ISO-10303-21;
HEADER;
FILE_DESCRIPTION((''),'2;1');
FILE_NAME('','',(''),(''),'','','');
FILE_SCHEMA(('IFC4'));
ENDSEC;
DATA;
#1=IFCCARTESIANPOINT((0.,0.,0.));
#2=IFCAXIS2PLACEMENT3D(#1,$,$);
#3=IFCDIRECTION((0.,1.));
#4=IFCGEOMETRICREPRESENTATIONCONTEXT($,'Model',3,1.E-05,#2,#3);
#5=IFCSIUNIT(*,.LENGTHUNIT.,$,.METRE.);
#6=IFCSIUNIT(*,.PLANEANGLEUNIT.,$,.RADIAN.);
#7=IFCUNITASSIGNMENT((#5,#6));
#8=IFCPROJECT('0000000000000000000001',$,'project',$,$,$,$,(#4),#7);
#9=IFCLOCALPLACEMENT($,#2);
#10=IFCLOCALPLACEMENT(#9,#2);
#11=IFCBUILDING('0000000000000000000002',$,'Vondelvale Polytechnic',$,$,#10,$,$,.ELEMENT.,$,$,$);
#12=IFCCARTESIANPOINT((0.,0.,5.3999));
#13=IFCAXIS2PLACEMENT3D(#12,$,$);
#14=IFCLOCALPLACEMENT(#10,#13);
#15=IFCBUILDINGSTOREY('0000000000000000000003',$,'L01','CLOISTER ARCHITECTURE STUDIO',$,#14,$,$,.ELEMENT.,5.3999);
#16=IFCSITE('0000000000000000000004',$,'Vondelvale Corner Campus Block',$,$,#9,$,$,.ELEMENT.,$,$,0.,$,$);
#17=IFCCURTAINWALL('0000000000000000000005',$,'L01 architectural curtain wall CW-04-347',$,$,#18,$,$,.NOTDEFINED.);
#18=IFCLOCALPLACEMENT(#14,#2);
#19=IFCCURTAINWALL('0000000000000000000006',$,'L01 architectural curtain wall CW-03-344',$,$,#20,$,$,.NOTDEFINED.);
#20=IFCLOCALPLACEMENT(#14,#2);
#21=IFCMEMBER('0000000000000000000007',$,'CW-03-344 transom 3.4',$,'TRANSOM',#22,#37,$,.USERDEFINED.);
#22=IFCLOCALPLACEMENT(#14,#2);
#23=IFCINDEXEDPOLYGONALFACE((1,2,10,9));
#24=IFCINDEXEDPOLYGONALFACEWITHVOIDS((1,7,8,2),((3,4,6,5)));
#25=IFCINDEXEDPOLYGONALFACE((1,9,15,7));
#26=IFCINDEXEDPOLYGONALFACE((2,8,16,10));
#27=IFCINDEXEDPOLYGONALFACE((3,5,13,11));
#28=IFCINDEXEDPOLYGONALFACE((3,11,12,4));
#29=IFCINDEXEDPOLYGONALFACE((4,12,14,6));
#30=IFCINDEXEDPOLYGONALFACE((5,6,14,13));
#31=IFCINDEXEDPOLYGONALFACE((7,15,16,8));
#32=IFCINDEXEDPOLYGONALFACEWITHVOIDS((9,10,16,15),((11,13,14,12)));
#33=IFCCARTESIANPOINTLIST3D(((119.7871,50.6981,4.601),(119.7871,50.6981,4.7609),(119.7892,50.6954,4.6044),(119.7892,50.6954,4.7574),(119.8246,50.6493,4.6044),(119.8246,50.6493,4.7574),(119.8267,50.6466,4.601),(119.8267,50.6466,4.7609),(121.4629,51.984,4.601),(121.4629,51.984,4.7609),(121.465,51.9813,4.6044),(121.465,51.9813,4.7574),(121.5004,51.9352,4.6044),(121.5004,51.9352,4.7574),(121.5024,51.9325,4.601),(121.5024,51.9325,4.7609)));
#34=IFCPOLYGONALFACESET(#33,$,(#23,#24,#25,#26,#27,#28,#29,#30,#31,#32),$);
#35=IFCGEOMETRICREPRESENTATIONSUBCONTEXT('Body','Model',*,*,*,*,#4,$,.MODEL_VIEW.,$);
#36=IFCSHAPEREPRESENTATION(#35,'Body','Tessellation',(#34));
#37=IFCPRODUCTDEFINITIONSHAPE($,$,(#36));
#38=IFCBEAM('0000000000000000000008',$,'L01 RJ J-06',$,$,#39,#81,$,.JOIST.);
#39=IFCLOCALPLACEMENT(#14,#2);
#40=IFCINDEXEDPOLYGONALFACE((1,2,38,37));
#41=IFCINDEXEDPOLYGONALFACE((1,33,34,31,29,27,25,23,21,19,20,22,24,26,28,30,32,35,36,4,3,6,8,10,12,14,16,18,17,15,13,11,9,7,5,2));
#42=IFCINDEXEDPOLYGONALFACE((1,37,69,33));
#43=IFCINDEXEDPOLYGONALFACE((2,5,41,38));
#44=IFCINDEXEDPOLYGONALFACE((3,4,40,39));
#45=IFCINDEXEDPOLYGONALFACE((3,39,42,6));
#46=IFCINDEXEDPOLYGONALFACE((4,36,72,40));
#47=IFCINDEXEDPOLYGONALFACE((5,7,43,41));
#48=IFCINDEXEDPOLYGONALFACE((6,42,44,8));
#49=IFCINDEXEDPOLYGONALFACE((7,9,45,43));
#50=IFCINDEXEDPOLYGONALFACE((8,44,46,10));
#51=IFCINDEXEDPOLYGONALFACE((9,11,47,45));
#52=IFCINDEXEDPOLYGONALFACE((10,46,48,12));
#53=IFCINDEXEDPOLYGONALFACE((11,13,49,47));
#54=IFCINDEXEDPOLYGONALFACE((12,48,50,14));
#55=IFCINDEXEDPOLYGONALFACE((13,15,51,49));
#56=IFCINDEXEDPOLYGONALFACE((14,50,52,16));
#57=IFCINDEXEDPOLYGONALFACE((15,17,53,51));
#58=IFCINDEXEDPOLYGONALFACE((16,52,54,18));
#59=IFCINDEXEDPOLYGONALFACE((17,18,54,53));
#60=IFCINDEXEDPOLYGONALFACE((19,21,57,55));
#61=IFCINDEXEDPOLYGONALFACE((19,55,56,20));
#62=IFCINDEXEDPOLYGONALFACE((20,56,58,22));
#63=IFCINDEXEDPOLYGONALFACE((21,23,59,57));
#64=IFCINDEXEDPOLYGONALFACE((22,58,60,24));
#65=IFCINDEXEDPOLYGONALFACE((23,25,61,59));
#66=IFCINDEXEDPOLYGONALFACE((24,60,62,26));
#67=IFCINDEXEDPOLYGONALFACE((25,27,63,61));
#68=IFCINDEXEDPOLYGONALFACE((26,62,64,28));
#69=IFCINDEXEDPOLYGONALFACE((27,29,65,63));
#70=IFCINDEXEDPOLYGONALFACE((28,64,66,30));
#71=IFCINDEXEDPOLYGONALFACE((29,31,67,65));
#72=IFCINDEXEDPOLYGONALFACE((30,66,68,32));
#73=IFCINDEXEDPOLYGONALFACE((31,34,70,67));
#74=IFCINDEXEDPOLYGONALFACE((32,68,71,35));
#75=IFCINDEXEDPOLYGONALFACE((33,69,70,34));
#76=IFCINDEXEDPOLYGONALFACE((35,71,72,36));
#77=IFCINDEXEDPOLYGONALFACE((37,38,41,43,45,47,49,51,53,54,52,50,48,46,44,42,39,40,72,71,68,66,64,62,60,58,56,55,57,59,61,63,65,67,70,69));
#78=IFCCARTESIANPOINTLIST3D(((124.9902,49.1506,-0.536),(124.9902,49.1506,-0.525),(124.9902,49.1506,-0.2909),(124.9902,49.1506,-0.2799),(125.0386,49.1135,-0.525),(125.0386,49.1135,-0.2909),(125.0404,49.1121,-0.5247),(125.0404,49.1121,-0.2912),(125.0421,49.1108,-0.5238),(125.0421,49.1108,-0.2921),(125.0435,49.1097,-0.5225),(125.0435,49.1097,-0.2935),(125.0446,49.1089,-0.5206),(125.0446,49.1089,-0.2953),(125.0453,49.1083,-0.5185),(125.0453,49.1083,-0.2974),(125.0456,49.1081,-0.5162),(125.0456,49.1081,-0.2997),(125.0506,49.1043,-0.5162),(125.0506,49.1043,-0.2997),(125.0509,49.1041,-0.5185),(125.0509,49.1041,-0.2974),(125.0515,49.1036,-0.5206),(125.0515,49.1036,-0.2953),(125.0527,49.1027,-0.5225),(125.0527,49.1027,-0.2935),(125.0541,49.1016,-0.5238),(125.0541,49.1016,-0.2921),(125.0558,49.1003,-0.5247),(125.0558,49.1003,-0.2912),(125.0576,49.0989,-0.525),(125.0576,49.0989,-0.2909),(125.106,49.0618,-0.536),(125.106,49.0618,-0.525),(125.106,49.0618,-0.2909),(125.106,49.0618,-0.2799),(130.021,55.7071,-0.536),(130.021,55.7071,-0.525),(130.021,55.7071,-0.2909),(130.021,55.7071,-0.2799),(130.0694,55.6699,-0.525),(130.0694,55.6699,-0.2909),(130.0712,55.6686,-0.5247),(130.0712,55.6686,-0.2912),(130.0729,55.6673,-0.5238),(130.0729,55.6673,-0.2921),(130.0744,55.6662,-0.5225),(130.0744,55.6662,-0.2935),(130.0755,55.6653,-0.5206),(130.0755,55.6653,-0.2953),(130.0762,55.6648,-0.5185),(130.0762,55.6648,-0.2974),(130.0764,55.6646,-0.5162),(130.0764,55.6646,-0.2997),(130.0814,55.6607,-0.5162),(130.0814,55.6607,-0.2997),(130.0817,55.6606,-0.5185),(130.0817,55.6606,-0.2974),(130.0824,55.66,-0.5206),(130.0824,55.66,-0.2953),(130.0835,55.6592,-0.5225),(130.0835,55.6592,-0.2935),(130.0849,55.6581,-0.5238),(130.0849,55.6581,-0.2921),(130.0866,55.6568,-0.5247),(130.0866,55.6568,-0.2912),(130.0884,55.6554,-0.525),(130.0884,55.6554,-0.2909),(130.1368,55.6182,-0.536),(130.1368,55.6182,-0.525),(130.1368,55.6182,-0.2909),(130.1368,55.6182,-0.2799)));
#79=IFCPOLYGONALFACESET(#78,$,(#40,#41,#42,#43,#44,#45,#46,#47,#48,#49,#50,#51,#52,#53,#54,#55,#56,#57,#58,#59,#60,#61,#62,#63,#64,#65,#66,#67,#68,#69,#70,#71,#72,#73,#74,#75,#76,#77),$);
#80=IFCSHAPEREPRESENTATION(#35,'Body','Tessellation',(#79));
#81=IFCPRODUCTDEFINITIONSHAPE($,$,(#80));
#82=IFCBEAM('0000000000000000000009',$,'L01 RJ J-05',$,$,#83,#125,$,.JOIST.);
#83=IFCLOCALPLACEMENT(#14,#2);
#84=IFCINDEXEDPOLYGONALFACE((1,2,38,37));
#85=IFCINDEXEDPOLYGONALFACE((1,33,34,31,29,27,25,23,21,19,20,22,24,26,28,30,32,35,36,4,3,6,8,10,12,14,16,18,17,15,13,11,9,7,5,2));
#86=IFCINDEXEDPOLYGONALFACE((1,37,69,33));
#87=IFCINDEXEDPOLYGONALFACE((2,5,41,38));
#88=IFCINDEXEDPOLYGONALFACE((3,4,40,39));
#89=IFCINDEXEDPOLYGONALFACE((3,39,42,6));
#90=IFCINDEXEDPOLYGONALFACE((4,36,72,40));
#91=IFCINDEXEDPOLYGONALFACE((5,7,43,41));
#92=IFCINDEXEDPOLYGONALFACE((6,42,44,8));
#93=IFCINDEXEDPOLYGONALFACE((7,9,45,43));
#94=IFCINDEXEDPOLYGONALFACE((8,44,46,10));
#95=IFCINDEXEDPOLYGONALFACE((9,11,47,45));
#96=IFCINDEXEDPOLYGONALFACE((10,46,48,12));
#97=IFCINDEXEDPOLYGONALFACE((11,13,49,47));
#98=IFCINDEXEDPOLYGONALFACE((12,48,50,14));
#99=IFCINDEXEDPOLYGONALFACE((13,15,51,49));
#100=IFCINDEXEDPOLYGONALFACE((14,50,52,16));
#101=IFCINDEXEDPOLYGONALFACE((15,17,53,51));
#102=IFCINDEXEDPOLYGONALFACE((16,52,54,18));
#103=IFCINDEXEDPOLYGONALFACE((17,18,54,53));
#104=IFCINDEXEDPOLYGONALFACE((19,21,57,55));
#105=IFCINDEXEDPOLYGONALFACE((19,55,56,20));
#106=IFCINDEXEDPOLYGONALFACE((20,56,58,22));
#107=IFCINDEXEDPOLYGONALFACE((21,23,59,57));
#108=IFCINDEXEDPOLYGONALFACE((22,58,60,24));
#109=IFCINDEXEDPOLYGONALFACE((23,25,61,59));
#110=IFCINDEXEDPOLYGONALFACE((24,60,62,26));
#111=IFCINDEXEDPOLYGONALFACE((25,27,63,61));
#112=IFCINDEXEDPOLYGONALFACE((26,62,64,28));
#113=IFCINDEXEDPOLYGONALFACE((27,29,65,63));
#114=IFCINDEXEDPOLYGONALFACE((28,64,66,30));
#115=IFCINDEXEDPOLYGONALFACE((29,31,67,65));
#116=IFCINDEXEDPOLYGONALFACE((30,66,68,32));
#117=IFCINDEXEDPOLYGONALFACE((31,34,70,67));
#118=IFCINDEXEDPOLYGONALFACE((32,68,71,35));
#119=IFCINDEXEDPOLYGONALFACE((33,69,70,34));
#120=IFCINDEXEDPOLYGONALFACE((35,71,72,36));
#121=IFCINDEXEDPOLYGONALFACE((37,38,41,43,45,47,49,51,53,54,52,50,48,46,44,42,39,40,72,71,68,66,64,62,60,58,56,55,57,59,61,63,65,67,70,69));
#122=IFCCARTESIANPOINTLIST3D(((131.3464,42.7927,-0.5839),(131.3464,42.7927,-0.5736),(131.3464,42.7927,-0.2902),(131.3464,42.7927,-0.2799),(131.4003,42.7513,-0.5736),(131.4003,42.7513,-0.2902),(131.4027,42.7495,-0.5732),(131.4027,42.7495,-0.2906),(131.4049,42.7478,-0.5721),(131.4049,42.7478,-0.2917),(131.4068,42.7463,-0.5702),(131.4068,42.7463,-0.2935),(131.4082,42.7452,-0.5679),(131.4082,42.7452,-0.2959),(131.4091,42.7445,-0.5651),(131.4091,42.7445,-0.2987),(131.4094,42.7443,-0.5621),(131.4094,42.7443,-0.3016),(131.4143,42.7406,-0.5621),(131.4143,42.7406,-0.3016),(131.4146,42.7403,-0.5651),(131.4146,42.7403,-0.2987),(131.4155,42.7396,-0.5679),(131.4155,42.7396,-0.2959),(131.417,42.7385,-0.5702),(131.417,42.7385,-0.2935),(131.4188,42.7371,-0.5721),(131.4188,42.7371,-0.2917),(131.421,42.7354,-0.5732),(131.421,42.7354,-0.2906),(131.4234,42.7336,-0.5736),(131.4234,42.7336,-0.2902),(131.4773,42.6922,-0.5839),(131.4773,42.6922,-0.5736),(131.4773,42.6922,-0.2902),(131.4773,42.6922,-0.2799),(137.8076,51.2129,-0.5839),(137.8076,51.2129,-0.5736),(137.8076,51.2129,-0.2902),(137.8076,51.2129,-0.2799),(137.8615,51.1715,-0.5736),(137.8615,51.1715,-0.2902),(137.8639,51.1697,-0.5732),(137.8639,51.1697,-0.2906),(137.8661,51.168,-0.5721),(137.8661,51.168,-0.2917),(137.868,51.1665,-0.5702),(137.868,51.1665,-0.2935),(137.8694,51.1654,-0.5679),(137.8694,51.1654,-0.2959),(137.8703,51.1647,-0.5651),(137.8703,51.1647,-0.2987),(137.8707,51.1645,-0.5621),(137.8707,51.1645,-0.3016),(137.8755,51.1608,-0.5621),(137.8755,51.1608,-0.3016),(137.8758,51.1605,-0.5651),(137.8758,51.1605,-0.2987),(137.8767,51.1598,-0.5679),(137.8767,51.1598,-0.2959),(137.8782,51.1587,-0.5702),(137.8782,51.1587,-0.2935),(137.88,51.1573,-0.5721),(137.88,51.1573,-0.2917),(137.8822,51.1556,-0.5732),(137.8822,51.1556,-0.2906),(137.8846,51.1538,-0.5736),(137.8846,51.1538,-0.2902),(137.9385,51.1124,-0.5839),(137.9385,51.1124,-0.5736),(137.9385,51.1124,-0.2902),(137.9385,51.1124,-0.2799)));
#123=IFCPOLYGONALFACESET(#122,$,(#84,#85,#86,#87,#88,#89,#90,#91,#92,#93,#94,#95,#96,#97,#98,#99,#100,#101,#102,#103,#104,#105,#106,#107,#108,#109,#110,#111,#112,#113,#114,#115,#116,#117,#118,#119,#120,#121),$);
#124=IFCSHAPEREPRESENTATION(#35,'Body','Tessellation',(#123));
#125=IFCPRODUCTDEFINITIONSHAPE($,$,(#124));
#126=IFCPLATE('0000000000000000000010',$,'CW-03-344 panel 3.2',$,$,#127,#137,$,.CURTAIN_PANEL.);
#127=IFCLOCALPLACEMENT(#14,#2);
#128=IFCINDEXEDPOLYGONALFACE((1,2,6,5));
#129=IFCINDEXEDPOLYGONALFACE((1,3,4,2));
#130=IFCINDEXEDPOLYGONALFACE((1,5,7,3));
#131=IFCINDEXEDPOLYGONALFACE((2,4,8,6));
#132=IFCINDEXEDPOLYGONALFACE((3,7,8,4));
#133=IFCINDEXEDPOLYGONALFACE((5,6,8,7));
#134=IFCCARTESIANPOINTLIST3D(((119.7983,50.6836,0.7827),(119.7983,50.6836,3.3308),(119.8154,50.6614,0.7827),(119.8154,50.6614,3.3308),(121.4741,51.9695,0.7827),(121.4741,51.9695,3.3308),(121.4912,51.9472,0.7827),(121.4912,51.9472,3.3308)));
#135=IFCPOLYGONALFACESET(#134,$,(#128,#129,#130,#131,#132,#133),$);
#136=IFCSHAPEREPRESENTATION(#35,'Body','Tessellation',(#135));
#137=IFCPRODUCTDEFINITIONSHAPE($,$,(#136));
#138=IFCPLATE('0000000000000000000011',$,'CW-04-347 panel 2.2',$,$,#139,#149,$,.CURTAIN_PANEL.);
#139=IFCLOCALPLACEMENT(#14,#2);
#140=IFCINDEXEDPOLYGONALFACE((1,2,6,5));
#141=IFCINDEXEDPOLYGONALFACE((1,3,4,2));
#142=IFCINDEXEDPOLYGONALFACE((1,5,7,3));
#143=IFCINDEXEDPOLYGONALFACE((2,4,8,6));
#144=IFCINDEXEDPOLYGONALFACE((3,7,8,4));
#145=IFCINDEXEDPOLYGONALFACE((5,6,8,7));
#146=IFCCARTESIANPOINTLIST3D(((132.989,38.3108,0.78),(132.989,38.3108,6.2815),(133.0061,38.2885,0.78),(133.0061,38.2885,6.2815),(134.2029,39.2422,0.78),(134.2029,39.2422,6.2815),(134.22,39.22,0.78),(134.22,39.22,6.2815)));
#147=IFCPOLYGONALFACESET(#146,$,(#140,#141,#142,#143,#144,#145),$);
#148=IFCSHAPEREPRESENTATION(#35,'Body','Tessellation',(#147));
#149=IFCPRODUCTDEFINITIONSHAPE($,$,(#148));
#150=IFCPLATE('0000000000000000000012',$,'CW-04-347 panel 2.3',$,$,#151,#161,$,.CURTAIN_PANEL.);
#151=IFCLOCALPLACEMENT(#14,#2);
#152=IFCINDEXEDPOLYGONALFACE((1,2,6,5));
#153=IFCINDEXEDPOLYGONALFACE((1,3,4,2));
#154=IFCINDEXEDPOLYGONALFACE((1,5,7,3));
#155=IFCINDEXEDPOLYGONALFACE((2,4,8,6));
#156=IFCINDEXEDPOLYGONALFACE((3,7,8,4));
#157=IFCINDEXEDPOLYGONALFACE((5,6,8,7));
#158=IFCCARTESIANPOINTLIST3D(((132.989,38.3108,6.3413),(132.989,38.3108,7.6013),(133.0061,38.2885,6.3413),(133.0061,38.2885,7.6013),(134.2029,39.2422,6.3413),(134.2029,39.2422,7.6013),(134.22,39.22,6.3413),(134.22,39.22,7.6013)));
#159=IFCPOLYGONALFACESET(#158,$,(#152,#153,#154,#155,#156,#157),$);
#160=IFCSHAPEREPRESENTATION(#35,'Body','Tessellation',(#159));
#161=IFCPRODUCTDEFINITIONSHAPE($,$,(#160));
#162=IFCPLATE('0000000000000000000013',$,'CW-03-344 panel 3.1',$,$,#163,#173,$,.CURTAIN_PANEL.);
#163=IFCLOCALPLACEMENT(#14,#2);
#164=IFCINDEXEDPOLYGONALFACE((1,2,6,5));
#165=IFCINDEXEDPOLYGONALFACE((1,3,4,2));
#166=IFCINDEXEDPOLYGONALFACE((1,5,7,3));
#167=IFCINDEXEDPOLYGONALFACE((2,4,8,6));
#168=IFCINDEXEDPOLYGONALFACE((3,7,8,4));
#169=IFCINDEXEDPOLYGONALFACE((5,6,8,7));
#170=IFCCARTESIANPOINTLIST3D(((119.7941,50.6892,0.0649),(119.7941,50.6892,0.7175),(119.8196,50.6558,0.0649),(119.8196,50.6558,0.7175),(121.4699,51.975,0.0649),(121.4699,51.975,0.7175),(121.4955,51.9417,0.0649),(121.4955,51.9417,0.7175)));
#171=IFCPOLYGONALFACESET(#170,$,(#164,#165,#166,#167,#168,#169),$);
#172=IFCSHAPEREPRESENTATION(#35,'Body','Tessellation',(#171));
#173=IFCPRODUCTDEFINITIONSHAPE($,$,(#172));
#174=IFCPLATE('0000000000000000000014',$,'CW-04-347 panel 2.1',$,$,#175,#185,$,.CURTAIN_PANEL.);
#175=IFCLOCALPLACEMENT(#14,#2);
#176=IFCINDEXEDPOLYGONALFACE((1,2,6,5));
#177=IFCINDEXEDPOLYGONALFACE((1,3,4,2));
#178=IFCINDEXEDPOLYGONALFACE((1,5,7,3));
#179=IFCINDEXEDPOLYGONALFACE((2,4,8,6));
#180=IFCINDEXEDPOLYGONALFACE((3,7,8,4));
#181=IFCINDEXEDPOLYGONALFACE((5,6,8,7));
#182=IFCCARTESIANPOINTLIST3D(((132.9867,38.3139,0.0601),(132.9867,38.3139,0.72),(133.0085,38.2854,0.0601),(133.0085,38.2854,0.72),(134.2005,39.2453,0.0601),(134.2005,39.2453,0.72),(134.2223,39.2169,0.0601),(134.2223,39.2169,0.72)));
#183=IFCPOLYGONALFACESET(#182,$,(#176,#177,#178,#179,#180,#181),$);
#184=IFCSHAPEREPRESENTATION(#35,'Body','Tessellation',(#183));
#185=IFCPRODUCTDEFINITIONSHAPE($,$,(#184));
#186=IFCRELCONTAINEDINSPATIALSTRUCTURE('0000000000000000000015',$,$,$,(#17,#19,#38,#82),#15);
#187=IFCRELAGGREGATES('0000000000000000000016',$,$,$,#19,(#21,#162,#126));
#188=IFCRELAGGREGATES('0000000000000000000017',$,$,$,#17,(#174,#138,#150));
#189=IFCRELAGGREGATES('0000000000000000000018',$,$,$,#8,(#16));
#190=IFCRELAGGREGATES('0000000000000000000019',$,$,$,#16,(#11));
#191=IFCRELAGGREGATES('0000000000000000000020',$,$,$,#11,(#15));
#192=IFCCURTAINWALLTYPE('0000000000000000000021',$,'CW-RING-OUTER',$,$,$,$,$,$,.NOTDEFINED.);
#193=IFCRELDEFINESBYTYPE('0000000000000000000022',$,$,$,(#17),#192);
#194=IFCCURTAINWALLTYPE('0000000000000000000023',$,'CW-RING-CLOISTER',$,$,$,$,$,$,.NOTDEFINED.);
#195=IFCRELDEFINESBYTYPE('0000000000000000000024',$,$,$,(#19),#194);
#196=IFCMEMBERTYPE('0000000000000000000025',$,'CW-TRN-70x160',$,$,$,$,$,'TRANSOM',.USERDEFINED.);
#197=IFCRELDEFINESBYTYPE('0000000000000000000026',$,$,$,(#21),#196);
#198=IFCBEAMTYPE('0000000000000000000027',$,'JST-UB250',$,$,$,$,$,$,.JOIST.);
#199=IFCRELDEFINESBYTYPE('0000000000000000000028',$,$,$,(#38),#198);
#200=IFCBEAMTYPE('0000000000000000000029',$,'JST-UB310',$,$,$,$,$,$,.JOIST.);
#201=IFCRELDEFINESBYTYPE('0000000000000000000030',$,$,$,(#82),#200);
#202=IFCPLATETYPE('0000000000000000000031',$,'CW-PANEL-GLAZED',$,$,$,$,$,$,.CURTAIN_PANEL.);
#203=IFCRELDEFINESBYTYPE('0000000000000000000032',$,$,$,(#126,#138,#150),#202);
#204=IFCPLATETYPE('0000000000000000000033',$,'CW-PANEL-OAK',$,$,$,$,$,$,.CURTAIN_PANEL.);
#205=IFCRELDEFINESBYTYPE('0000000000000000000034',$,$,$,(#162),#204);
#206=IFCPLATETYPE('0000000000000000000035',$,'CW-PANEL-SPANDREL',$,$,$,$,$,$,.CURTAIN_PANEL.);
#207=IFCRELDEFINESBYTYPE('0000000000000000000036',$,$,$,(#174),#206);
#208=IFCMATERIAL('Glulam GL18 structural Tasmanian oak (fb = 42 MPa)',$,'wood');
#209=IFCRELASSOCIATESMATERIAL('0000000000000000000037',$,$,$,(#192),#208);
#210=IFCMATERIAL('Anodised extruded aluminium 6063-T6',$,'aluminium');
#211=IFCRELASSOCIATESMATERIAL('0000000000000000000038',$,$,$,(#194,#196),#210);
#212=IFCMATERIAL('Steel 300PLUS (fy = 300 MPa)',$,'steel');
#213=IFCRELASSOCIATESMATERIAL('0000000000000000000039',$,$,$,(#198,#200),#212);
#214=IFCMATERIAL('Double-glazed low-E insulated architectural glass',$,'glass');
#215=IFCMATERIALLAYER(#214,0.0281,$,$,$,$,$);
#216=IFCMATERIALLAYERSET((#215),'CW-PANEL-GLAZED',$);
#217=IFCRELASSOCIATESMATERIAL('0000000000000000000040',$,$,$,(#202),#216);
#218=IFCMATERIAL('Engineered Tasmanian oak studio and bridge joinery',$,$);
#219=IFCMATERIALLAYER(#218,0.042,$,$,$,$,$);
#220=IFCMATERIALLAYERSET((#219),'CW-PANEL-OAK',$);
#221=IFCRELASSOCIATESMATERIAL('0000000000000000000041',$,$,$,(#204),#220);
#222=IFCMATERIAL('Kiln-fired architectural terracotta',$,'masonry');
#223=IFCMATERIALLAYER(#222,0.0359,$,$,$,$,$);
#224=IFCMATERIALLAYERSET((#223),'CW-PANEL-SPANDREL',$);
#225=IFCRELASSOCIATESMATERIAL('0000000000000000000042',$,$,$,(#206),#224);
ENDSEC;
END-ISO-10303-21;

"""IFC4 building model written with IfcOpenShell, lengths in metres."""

from ifc_helpers import new_model, si_unit, direction, frame, origin, origin_2d, place, context, subcontext, project, spatial, rectangle, hollow_rectangle, i_section, extrude, material, layer, layer_set, material_profile, profile_set, type_object, element, aggregate, save


model = new_model("IFC4")

# Units and contexts
model_context = context("Model", 3, precision=1e-05, world=origin(), true_north=direction((0.0, 1.0)))
body_context = subcontext(model_context, "Body", "Model", "MODEL_VIEW")
ifc_project = project(units=[si_unit("LENGTHUNIT", "METRE"), si_unit("PLANEANGLEUNIT", "RADIAN")], contexts=[model_context])

# Site, building, storey
site_placement = place(None, origin())
site = spatial("IfcSite", under=ifc_project, at=site_placement, Name="Vondelvale Corner Campus Block", CompositionType="ELEMENT", RefElevation=0.0)
building_placement = place(site_placement, origin())
building = spatial("IfcBuilding", under=site, at=building_placement, Name="Vondelvale Polytechnic", CompositionType="ELEMENT")
storey_placement = place(building_placement, frame((0.0, 0.0, 5.3999)))
storey = spatial("IfcBuildingStorey", under=building, at=storey_placement, Name="L01", Description="CLOISTER ARCHITECTURE STUDIO", CompositionType="ELEMENT", Elevation=5.3999)

# Shared definitions
ifc_material_1 = material(Name="Steel 300PLUS (fy = 300 MPa)", Category="steel")

# Curtain wall
ifc_material_2 = material(Name="Glulam GL18 structural Tasmanian oak (fb = 42 MPa)", Category="wood")
curtain_wall_type_1 = type_object("IfcCurtainWallType", Name="CW-RING-OUTER", PredefinedType="NOTDEFINED", material=ifc_material_2)
curtain_wall_1_placement = place(storey_placement, origin())
curtain_wall_1 = element("IfcCurtainWall", 1, at=curtain_wall_1_placement, inside=storey, type_object=curtain_wall_type_1, Name="L01 architectural curtain wall CW-04-347", PredefinedType="NOTDEFINED")
ifc_material_3 = material(Name="Anodised extruded aluminium 6063-T6", Category="aluminium")

# Curtain wall, member
curtain_wall_type_2 = type_object("IfcCurtainWallType", Name="CW-RING-CLOISTER", PredefinedType="NOTDEFINED", material=ifc_material_3)
curtain_wall_2_placement = place(storey_placement, origin())
curtain_wall_2 = element("IfcCurtainWall", 2, at=curtain_wall_2_placement, inside=storey, type_object=curtain_wall_type_2, Name="L01 architectural curtain wall CW-03-344", PredefinedType="NOTDEFINED")
ifc_material_profile_1 = material_profile(ifc_material_3, hollow_rectangle(XDim=0.0649, YDim=0.1599, WallThickness=0.0034, at=origin_2d()), Name="CW-TRN-160x65")
ifc_profile_set_1 = profile_set([ifc_material_profile_1], Name="Anodised extruded aluminium 6063-T6")
member_type_1 = type_object("IfcMemberType", Name="CW-TRN-70x160", ElementType="TRANSOM", PredefinedType="USERDEFINED", material=ifc_profile_set_1)
member_1_placement = place(storey_placement, frame((119.8069, 50.6724, 4.6809), z_axis=(0.79335, 0.608766, 0.0), x_axis=(-0.608766, 0.79335, 0.0)))
member_1 = element("IfcMember", 3, at=member_1_placement, type_object=member_type_1, Name="CW-03-344 transom 3.4", ObjectType="TRANSOM", PredefinedType="USERDEFINED", context=body_context, shape_type="SweptSolid", body=[
    extrude(hollow_rectangle(XDim=0.0649, YDim=0.1599, WallThickness=0.0034, at=origin_2d()), origin(), (0.0, 0.0, 1.0), 2.1123),
])

# Beams
ifc_material_profile_2 = material_profile(ifc_material_1, i_section(OverallWidth=0.146, OverallDepth=0.2561, WebThickness=0.0063, FlangeThickness=0.011, FilletRadius=0.0088, at=origin_2d()), Name="250UB37.3")
ifc_profile_set_2 = profile_set([ifc_material_profile_2], Name="Steel 300PLUS (fy = 300 MPa)")
beam_type_1 = type_object("IfcBeamType", Name="JST-UB250", PredefinedType="JOIST", material=ifc_profile_set_2)
beam_1_placement = place(storey_placement, frame((125.0481, 49.1062, -0.408), z_axis=(0.608751, 0.793361, 0.0), x_axis=(-0.793361, 0.608751, 0.0)))
element("IfcBeam", 4, at=beam_1_placement, inside=storey, type_object=beam_type_1, Name="L01 RJ J-06", PredefinedType="JOIST", context=body_context, shape_type="SweptSolid", body=[
    extrude(i_section(OverallWidth=0.146, OverallDepth=0.2561, WebThickness=0.0063, FlangeThickness=0.011, FilletRadius=0.0088, at=origin_2d()), origin(), (0.0, 0.0, 1.0), 8.2642),
])
ifc_material_profile_3 = material_profile(ifc_material_1, i_section(OverallWidth=0.165, OverallDepth=0.304, WebThickness=0.0061, FlangeThickness=0.0103, FilletRadius=0.0115, at=origin_2d()), Name="310UB40.4")
ifc_profile_set_3 = profile_set([ifc_material_profile_3], Name="Steel 300PLUS (fy = 300 MPa)")
beam_type_2 = type_object("IfcBeamType", Name="JST-UB310", PredefinedType="JOIST", material=ifc_profile_set_3)
beam_2_placement = place(storey_placement, frame((131.4119, 42.7424, -0.4319), z_axis=(0.608771, 0.793346, 0.0), x_axis=(-0.793346, 0.608771, 0.0)))
element("IfcBeam", 5, at=beam_2_placement, inside=storey, type_object=beam_type_2, Name="L01 RJ J-05", PredefinedType="JOIST", context=body_context, shape_type="SweptSolid", body=[
    extrude(i_section(OverallWidth=0.165, OverallDepth=0.304, WebThickness=0.0061, FlangeThickness=0.0103, FilletRadius=0.0115, at=origin_2d()), origin(), (0.0, 0.0, 1.0), 10.6135),
])

# Plates
ifc_material_4 = material(Name="Double-glazed low-E insulated architectural glass", Category="glass")
ifc_layer_1 = layer(ifc_material_4, 0.0281)
ifc_layer_set_1 = layer_set([ifc_layer_1], Name="CW-PANEL-GLAZED")
plate_type_1 = type_object("IfcPlateType", Name="CW-PANEL-GLAZED", PredefinedType="CURTAIN_PANEL", material=ifc_layer_set_1)
plate_1_placement = place(storey_placement, frame((120.6448, 51.3154, 0.7827), z_axis=(0.0, 0.0, 1.0), x_axis=(0.793364, 0.608748, 0.0)))
plate_1 = element("IfcPlate", 6, at=plate_1_placement, type_object=plate_type_1, Name="CW-03-344 panel 3.2", PredefinedType="CURTAIN_PANEL", context=body_context, shape_type="SweptSolid", body=[
    extrude(rectangle(XDim=2.1123, YDim=0.0281, at=origin_2d()), origin(), (0.0, 0.0, 1.0), 2.5481),
])
plate_2_placement = place(storey_placement, frame((133.6045, 38.7654, 0.78), z_axis=(0.0, 0.0, 1.0), x_axis=(0.793334, 0.608787, 0.0)))
plate_2 = element("IfcPlate", 7, at=plate_2_placement, type_object=plate_type_1, Name="CW-04-347 panel 2.2", PredefinedType="CURTAIN_PANEL", context=body_context, shape_type="SweptSolid", body=[
    extrude(rectangle(XDim=1.53, YDim=0.0281, at=origin_2d()), origin(), (0.0, 0.0, 1.0), 5.5015),
])
plate_3_placement = place(storey_placement, frame((133.6045, 38.7654, 6.3413), z_axis=(0.0, 0.0, 1.0), x_axis=(0.793334, 0.608787, 0.0)))
plate_3 = element("IfcPlate", 8, at=plate_3_placement, type_object=plate_type_1, Name="CW-04-347 panel 2.3", PredefinedType="CURTAIN_PANEL", context=body_context, shape_type="SweptSolid", body=[
    extrude(rectangle(XDim=1.53, YDim=0.0281, at=origin_2d()), origin(), (0.0, 0.0, 1.0), 1.26),
])
ifc_material_5 = material(Name="Engineered Tasmanian oak studio and bridge joinery")
ifc_layer_2 = layer(ifc_material_5, 0.042)
ifc_layer_set_2 = layer_set([ifc_layer_2], Name="CW-PANEL-OAK")
plate_type_2 = type_object("IfcPlateType", Name="CW-PANEL-OAK", PredefinedType="CURTAIN_PANEL", material=ifc_layer_set_2)
plate_4_placement = place(storey_placement, frame((120.6448, 51.3154, 0.0649), z_axis=(0.0, 0.0, 1.0), x_axis=(0.793364, 0.608748, 0.0)))
plate_4 = element("IfcPlate", 9, at=plate_4_placement, type_object=plate_type_2, Name="CW-03-344 panel 3.1", PredefinedType="CURTAIN_PANEL", context=body_context, shape_type="SweptSolid", body=[
    extrude(rectangle(XDim=2.1123, YDim=0.042, at=origin_2d()), origin(), (0.0, 0.0, 1.0), 0.6526),
])
aggregate(curtain_wall_2, [member_1, plate_4, plate_1])
ifc_material_6 = material(Name="Kiln-fired architectural terracotta", Category="masonry")
ifc_layer_3 = layer(ifc_material_6, 0.0359)
ifc_layer_set_3 = layer_set([ifc_layer_3], Name="CW-PANEL-SPANDREL")
plate_type_3 = type_object("IfcPlateType", Name="CW-PANEL-SPANDREL", PredefinedType="CURTAIN_PANEL", material=ifc_layer_set_3)
plate_5_placement = place(storey_placement, frame((133.6045, 38.7654, 0.0601), z_axis=(0.0, 0.0, 1.0), x_axis=(0.793334, 0.608787, 0.0)))
plate_5 = element("IfcPlate", 10, at=plate_5_placement, type_object=plate_type_3, Name="CW-04-347 panel 2.1", PredefinedType="CURTAIN_PANEL", context=body_context, shape_type="SweptSolid", body=[
    extrude(rectangle(XDim=1.53, YDim=0.0359, at=origin_2d()), origin(), (0.0, 0.0, 1.0), 0.6599),
])
aggregate(curtain_wall_1, [plate_5, plate_2, plate_3])

save(model, "model.ifc")
